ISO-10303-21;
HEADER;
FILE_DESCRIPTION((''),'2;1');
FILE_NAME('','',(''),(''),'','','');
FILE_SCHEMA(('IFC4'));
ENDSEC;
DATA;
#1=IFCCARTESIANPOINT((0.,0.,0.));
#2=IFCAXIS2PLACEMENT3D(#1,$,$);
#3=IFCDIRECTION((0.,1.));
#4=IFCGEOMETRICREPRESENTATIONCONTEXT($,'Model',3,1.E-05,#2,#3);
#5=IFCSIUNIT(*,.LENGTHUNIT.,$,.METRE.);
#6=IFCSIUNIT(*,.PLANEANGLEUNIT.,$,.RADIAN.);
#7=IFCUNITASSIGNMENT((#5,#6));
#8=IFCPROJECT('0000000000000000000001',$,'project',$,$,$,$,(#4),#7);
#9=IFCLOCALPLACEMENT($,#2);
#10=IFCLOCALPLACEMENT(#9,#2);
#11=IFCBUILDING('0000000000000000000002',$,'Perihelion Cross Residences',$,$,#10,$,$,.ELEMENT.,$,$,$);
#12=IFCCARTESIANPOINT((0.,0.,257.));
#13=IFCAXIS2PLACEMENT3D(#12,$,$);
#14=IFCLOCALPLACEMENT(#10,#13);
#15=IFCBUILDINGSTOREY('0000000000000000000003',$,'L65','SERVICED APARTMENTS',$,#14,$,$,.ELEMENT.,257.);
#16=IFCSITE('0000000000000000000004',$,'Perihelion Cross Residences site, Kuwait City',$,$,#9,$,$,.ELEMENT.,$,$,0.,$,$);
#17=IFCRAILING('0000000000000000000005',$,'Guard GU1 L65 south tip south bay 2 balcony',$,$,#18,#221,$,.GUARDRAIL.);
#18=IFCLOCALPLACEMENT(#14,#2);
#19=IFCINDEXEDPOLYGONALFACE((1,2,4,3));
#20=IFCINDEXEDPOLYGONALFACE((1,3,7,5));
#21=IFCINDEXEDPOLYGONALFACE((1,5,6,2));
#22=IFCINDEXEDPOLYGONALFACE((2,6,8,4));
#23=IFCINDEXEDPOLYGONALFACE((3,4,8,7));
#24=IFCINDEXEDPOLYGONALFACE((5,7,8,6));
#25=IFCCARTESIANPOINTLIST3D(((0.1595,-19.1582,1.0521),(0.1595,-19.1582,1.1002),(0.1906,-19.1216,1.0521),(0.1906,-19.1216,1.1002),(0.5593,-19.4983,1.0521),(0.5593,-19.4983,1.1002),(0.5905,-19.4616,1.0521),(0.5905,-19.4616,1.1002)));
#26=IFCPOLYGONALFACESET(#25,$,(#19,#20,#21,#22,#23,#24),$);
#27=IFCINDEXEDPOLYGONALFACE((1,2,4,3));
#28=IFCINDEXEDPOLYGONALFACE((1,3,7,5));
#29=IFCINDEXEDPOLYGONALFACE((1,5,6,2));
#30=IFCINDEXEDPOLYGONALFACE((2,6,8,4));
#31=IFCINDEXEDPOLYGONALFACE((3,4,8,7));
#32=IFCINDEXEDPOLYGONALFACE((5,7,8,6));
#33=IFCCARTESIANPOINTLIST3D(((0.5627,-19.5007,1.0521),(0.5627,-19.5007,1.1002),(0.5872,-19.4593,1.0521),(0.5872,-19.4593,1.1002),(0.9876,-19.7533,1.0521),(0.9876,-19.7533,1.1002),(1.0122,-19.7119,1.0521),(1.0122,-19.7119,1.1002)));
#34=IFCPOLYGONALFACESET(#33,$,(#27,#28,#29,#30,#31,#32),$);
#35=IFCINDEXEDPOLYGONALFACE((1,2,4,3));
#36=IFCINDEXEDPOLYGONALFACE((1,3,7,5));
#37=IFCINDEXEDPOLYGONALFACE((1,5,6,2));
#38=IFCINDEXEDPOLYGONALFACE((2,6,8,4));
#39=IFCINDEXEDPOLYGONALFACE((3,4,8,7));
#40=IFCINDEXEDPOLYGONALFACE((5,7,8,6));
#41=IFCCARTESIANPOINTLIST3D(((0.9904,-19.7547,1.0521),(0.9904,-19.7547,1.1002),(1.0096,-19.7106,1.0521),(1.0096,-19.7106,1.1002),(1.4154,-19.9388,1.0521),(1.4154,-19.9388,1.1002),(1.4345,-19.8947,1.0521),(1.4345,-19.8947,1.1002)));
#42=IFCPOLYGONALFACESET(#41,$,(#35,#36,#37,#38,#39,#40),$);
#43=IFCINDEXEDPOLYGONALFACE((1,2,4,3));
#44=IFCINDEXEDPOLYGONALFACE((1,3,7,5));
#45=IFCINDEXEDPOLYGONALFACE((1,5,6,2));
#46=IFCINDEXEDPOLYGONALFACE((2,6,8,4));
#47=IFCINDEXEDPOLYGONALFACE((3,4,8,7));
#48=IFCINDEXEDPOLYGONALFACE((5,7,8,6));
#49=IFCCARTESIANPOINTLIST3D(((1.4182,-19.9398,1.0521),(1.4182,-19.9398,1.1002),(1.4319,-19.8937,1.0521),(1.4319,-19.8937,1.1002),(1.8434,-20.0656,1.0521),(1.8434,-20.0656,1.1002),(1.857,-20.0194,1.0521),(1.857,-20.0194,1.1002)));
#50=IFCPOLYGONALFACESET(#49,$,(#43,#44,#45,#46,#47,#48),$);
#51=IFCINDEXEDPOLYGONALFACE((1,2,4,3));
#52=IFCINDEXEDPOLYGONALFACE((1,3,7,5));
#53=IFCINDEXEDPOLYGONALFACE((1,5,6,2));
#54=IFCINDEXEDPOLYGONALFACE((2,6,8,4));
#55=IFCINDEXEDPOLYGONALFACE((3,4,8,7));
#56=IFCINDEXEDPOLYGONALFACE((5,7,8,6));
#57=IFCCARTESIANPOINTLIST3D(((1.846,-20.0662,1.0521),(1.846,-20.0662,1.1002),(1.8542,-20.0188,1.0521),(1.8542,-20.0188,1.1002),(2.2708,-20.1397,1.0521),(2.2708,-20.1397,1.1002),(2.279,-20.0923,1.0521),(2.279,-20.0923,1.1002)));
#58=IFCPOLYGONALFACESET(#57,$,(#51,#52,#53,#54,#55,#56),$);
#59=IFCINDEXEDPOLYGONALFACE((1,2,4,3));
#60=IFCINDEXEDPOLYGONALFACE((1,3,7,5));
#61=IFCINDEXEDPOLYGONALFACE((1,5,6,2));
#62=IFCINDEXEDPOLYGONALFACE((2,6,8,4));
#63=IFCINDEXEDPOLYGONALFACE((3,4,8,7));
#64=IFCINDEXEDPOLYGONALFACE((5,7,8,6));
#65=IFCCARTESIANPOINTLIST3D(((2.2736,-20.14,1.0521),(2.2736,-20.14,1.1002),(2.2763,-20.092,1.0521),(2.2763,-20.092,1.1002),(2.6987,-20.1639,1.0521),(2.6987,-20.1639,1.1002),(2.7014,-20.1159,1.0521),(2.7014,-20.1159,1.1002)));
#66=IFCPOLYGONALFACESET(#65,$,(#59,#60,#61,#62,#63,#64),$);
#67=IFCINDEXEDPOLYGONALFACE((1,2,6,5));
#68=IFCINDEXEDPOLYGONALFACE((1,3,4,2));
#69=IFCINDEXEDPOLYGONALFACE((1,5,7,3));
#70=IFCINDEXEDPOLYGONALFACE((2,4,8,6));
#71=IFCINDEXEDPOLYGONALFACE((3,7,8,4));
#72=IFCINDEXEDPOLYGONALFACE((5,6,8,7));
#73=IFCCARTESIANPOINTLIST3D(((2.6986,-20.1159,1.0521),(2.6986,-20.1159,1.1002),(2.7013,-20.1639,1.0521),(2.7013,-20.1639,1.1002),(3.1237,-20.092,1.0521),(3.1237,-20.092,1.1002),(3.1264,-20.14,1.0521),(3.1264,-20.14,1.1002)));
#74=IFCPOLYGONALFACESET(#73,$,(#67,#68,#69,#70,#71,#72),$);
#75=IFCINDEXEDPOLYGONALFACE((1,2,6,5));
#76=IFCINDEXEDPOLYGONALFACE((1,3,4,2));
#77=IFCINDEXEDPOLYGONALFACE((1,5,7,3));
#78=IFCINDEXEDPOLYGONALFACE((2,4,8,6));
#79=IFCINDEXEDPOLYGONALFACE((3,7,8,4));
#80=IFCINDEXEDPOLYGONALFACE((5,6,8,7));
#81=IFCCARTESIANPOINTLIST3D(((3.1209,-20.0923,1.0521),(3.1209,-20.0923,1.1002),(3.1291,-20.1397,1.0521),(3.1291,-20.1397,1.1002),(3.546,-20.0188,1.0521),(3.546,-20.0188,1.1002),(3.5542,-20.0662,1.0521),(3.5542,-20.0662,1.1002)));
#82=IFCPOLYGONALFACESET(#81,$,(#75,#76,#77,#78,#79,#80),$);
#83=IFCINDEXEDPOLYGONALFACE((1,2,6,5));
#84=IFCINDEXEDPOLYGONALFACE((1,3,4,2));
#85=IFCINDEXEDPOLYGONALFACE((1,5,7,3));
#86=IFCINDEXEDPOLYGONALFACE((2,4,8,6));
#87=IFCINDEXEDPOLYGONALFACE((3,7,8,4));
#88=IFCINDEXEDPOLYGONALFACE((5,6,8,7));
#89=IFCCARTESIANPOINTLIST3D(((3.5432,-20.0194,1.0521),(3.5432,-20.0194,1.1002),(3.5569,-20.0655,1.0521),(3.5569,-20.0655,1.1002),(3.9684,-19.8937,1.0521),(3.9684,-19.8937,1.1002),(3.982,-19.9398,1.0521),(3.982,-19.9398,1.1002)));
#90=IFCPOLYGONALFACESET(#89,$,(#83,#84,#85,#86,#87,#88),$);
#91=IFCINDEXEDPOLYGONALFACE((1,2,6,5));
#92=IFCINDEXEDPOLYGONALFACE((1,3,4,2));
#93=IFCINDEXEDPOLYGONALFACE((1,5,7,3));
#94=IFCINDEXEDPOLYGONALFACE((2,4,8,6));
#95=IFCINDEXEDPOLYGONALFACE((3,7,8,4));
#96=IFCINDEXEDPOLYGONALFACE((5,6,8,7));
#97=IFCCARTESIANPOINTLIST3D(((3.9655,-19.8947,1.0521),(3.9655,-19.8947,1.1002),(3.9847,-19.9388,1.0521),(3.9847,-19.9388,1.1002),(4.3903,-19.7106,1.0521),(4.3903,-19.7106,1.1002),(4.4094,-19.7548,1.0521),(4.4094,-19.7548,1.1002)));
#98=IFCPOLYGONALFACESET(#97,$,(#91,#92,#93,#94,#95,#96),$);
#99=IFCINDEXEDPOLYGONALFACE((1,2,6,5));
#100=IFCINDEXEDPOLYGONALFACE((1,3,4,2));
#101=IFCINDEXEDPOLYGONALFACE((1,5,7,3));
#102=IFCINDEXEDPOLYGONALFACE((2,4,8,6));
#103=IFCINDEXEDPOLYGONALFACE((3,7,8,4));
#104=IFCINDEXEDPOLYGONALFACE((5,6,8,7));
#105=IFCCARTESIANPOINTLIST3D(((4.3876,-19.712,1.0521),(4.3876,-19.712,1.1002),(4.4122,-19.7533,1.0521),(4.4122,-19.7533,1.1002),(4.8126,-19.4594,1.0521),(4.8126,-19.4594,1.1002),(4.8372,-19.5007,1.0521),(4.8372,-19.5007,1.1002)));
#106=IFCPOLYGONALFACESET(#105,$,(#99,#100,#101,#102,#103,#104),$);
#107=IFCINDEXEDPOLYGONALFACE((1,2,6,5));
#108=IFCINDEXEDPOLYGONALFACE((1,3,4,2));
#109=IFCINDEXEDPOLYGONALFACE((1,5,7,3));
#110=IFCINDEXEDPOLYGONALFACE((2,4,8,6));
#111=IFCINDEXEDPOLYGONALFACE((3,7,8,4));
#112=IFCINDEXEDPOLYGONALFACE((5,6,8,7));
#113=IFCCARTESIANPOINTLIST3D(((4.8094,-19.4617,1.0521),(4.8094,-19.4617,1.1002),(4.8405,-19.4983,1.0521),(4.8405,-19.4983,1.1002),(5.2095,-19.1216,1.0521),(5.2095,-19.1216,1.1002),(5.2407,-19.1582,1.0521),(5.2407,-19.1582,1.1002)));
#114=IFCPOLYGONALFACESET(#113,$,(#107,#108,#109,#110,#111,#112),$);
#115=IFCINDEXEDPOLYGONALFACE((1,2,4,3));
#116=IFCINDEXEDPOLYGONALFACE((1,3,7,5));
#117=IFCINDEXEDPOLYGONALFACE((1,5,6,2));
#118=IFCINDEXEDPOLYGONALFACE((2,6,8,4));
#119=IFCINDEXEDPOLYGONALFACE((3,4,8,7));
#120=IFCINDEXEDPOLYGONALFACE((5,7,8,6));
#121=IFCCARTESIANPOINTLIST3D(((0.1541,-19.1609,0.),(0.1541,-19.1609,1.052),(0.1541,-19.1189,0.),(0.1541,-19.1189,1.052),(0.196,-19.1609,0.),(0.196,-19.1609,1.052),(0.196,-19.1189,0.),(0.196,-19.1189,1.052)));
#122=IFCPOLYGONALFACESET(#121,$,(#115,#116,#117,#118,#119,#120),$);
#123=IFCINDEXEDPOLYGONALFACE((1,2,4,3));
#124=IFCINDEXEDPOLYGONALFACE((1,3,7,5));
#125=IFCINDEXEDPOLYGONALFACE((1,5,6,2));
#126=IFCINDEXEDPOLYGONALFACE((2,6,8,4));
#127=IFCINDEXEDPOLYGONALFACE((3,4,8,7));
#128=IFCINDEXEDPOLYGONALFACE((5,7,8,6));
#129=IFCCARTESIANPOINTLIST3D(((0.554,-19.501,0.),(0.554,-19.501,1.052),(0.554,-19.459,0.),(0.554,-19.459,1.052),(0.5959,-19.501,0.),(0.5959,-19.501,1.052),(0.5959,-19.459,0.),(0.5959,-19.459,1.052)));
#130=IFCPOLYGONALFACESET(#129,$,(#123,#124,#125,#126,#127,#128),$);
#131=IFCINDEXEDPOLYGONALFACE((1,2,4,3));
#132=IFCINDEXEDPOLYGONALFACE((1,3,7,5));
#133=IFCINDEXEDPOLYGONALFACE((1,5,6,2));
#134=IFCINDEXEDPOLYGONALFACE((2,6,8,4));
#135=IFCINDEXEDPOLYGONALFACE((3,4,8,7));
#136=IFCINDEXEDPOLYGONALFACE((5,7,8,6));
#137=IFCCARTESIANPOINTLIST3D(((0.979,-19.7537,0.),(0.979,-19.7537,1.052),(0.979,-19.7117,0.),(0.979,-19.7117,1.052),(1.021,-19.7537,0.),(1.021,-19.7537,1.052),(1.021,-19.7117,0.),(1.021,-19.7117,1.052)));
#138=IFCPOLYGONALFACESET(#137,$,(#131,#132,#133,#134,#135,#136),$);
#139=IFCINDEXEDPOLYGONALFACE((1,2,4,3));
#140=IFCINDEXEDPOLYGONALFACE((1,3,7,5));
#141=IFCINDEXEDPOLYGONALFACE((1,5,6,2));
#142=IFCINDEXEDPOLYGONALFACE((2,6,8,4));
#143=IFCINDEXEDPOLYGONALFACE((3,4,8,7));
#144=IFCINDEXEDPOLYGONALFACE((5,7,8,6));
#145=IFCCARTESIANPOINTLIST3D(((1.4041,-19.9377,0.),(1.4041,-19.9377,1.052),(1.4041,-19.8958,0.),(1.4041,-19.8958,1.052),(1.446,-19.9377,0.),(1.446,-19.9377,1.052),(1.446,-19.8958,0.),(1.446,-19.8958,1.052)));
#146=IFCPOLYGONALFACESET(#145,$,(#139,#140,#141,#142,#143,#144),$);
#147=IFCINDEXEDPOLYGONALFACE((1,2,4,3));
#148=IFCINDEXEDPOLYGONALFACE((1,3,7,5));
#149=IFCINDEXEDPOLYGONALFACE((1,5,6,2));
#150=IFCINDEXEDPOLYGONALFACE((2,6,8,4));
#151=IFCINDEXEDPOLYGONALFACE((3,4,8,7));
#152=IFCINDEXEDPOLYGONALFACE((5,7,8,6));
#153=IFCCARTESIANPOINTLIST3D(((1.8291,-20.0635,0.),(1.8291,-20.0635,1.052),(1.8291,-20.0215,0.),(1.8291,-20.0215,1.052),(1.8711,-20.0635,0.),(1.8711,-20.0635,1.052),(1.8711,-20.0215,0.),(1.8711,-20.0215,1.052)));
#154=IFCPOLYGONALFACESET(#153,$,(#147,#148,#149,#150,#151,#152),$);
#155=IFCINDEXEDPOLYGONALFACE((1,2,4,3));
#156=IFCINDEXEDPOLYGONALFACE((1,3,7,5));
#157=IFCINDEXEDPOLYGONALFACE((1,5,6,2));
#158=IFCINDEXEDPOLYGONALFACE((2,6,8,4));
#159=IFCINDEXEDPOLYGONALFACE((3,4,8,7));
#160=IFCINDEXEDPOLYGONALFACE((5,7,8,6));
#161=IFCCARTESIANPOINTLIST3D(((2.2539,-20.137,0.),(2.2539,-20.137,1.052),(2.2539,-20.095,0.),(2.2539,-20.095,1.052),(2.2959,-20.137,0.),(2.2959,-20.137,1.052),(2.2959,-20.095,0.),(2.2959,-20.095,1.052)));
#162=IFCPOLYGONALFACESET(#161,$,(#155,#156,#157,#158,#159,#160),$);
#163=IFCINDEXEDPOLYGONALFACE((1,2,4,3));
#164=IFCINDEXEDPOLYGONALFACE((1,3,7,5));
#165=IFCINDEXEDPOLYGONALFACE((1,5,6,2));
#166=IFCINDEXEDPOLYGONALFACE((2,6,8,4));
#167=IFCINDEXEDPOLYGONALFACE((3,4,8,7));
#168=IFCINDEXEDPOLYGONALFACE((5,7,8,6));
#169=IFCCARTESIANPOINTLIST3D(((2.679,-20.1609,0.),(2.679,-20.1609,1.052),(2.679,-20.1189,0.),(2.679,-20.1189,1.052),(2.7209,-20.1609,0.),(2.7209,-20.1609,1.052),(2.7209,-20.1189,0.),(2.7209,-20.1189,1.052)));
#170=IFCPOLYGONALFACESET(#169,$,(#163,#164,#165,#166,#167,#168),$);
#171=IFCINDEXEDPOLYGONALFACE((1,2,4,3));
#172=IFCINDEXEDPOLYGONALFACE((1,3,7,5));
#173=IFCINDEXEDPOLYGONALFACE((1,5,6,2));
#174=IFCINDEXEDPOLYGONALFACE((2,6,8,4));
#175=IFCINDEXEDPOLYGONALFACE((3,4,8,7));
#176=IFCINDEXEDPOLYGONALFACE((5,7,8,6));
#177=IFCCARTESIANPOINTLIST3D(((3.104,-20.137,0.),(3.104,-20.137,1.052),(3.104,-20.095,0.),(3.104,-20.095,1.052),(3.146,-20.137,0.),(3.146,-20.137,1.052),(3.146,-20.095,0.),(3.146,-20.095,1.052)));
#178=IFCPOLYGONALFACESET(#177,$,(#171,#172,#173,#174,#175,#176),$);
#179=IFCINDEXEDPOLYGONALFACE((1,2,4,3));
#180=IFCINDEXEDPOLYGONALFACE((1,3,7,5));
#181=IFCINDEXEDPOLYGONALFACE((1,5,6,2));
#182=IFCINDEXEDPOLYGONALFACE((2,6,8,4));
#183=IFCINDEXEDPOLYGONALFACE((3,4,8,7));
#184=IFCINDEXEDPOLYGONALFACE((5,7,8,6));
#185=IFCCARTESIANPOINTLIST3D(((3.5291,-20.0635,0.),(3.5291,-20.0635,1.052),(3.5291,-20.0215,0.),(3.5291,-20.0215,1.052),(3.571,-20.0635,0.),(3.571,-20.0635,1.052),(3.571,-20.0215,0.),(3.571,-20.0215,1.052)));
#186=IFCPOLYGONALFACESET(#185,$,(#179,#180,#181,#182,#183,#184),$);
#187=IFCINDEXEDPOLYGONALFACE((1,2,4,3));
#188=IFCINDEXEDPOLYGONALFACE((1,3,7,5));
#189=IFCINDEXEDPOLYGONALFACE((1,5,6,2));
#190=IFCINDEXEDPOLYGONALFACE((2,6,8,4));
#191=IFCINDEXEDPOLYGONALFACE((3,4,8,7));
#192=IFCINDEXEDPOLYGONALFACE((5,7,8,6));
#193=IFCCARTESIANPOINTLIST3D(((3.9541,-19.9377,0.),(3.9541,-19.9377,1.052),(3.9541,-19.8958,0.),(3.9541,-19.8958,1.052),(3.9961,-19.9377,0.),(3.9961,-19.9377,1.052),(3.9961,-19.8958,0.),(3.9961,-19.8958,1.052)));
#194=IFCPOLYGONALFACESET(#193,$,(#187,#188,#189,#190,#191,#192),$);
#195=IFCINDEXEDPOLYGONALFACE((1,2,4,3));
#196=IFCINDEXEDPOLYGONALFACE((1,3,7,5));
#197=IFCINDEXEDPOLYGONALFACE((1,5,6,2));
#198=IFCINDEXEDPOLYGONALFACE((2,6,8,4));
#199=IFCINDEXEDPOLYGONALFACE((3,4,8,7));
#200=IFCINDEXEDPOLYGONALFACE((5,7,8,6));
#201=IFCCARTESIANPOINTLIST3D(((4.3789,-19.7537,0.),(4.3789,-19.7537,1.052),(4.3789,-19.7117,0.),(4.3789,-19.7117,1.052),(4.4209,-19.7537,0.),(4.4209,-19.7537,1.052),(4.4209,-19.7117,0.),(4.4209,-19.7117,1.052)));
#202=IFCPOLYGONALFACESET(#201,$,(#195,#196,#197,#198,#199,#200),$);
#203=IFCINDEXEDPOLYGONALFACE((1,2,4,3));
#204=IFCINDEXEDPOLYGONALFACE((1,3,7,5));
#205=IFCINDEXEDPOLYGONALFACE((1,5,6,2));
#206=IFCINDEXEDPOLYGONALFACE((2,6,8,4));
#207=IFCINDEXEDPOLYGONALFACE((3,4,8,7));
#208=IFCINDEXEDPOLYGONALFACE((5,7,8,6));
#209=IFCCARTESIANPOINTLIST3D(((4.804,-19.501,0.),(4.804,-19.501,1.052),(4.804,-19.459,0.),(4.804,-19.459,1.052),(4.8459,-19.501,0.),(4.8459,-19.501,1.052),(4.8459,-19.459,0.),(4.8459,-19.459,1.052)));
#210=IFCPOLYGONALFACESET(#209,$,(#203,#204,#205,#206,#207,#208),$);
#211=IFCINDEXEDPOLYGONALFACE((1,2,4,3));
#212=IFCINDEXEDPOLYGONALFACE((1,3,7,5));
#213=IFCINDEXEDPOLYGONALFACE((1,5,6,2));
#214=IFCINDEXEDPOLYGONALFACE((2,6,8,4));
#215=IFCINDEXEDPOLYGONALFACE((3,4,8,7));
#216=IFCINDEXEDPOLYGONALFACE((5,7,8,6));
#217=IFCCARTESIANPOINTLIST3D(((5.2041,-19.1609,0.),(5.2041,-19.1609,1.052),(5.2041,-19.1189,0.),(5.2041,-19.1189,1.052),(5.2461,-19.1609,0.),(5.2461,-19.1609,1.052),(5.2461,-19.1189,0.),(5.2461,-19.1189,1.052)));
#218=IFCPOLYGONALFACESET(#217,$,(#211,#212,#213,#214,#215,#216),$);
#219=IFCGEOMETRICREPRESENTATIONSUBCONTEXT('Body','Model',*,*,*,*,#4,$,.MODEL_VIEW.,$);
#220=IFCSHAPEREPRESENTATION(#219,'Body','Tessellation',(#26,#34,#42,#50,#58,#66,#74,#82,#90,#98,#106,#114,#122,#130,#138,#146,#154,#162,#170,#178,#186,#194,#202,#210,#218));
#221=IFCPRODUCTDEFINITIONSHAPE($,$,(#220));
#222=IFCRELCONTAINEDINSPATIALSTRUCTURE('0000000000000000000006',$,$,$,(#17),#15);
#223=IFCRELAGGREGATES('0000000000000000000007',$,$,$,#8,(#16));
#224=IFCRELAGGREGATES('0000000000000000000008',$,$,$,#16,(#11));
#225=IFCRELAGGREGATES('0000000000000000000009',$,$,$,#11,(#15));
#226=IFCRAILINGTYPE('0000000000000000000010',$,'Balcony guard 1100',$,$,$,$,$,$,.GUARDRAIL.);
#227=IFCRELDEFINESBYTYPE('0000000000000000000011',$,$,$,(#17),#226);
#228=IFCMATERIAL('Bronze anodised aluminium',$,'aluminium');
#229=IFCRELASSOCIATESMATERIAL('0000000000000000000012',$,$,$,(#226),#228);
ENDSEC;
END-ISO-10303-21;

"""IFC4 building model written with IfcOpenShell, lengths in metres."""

from ifc_helpers import new_model, si_unit, direction, frame, origin, origin_2d, place, context, subcontext, project, spatial, rectangle, extrude, material, type_object, element, save


model = new_model("IFC4")

# Units and contexts
model_context = context("Model", 3, precision=1e-05, world=origin(), true_north=direction((0.0, 1.0)))
body_context = subcontext(model_context, "Body", "Model", "MODEL_VIEW")
ifc_project = project(units=[si_unit("LENGTHUNIT", "METRE"), si_unit("PLANEANGLEUNIT", "RADIAN")], contexts=[model_context])

# Site, building, storey
site_placement = place(None, origin())
site = spatial("IfcSite", under=ifc_project, at=site_placement, Name="Perihelion Cross Residences site, Kuwait City", CompositionType="ELEMENT", RefElevation=0.0)
building_placement = place(site_placement, origin())
building = spatial("IfcBuilding", under=site, at=building_placement, Name="Perihelion Cross Residences", CompositionType="ELEMENT")
storey_placement = place(building_placement, frame((0.0, 0.0, 257.0)))
storey = spatial("IfcBuildingStorey", under=building, at=storey_placement, Name="L65", Description="SERVICED APARTMENTS", CompositionType="ELEMENT", Elevation=257.0)

# Railing
ifc_material_1 = material(Name="Bronze anodised aluminium", Category="aluminium")
railing_type = type_object("IfcRailingType", Name="Balcony guard 1100", PredefinedType="GUARDRAIL", material=ifc_material_1)
railing_placement = place(storey_placement, frame((0.175, -19.1399, 0.0)))
element("IfcRailing", 1, at=railing_placement, inside=storey, type_object=railing_type, Name="Guard GU1 L65 south tip south bay 2 balcony", PredefinedType="GUARDRAIL", context=body_context, shape_type="SweptSolid", body=[
    extrude(rectangle(XDim=0.0481, YDim=0.0481, at=origin_2d()), frame((0.0, 0.0, 1.0762), z_axis=(0.761779, -0.647837, 0.0), x_axis=(0.647837, 0.761779, 0.0)), (0.0, 0.0, 1.0), 0.5249),
    extrude(rectangle(XDim=0.0481, YDim=0.0481, at=origin_2d()), frame((0.3999, -0.3401, 1.0762), z_axis=(0.859577, -0.511006, 0.0), x_axis=(0.511006, 0.859577, 0.0)), (0.0, 0.0, 1.0), 0.4944),
    extrude(rectangle(XDim=0.0481, YDim=0.0481, at=origin_2d()), frame((0.825, -0.5928, 1.0762), z_axis=(0.917639, -0.397415, 0.0), x_axis=(0.397415, 0.917639, 0.0)), (0.0, 0.0, 1.0), 0.4631),
    extrude(rectangle(XDim=0.0481, YDim=0.0481, at=origin_2d()), frame((1.25, -0.7769, 1.0762), z_axis=(0.958926, -0.283657, 0.0), x_axis=(0.283657, 0.958926, 0.0)), (0.0, 0.0, 1.0), 0.4434),
    extrude(rectangle(XDim=0.0481, YDim=0.0481, at=origin_2d()), frame((1.675, -0.9026, 1.0762), z_axis=(0.985365, -0.170457, 0.0), x_axis=(0.170457, 0.985365, 0.0)), (0.0, 0.0, 1.0), 0.4312),
    extrude(rectangle(XDim=0.0481, YDim=0.0481, at=origin_2d()), frame((2.0999, -0.9761, 1.0762), z_axis=(0.99842, -0.056201, 0.0), x_axis=(0.056201, 0.99842, 0.0)), (0.0, 0.0, 1.0), 0.4258),
    extrude(rectangle(XDim=0.0481, YDim=0.0481, at=origin_2d()), frame((2.5249, -1.0, 1.0762), z_axis=(0.99842, 0.056201, 0.0), x_axis=(-0.056201, 0.99842, 0.0)), (0.0, 0.0, 1.0), 0.4258),
    extrude(rectangle(XDim=0.0481, YDim=0.0481, at=origin_2d()), frame((2.95, -0.9761, 1.0762), z_axis=(0.985382, 0.170362, 0.0), x_axis=(-0.170362, 0.985382, 0.0)), (0.0, 0.0, 1.0), 0.4314),
    extrude(rectangle(XDim=0.0481, YDim=0.0481, at=origin_2d()), frame((3.375, -0.9026, 1.0762), z_axis=(0.958926, 0.283657, 0.0), x_axis=(-0.283657, 0.958926, 0.0)), (0.0, 0.0, 1.0), 0.4434),
    extrude(rectangle(XDim=0.0481, YDim=0.0481, at=origin_2d()), frame((3.8, -0.7769, 1.0762), z_axis=(0.917556, 0.397607, 0.0), x_axis=(-0.397607, 0.917556, 0.0)), (0.0, 0.0, 1.0), 0.4629),
    extrude(rectangle(XDim=0.0481, YDim=0.0481, at=origin_2d()), frame((4.2249, -0.5928, 1.0762), z_axis=(0.859577, 0.511006, 0.0), x_axis=(-0.511006, 0.859577, 0.0)), (0.0, 0.0, 1.0), 0.4944),
    extrude(rectangle(XDim=0.0481, YDim=0.0481, at=origin_2d()), frame((4.6499, -0.3401, 1.0762), z_axis=(0.761974, 0.647608, 0.0), x_axis=(-0.647608, 0.761974, 0.0)), (0.0, 0.0, 1.0), 0.5251),
    extrude(rectangle(XDim=0.042, YDim=0.042, at=origin_2d()), origin(), (0.0, 0.0, 1.0), 1.052),
    extrude(rectangle(XDim=0.042, YDim=0.042, at=origin_2d()), frame((0.3999, -0.3401, 0.0)), (0.0, 0.0, 1.0), 1.052),
    extrude(rectangle(XDim=0.042, YDim=0.042, at=origin_2d()), frame((0.825, -0.5928, 0.0)), (0.0, 0.0, 1.0), 1.052),
    extrude(rectangle(XDim=0.042, YDim=0.042, at=origin_2d()), frame((1.25, -0.7769, 0.0)), (0.0, 0.0, 1.0), 1.052),
    extrude(rectangle(XDim=0.042, YDim=0.042, at=origin_2d()), frame((1.675, -0.9026, 0.0)), (0.0, 0.0, 1.0), 1.052),
    extrude(rectangle(XDim=0.042, YDim=0.042, at=origin_2d()), frame((2.0999, -0.9761, 0.0)), (0.0, 0.0, 1.0), 1.052),
    extrude(rectangle(XDim=0.042, YDim=0.042, at=origin_2d()), frame((2.5249, -1.0, 0.0)), (0.0, 0.0, 1.0), 1.052),
    extrude(rectangle(XDim=0.042, YDim=0.042, at=origin_2d()), frame((2.95, -0.9761, 0.0)), (0.0, 0.0, 1.0), 1.052),
    extrude(rectangle(XDim=0.042, YDim=0.042, at=origin_2d()), frame((3.375, -0.9026, 0.0)), (0.0, 0.0, 1.0), 1.052),
    extrude(rectangle(XDim=0.042, YDim=0.042, at=origin_2d()), frame((3.8, -0.7769, 0.0)), (0.0, 0.0, 1.0), 1.052),
    extrude(rectangle(XDim=0.042, YDim=0.042, at=origin_2d()), frame((4.2249, -0.5928, 0.0)), (0.0, 0.0, 1.0), 1.052),
    extrude(rectangle(XDim=0.042, YDim=0.042, at=origin_2d()), frame((4.6499, -0.3401, 0.0)), (0.0, 0.0, 1.0), 1.052),
    extrude(rectangle(XDim=0.042, YDim=0.042, at=origin_2d()), frame((5.05, 0.0, 0.0)), (0.0, 0.0, 1.0), 1.052),
])

save(model, "model.ifc")
